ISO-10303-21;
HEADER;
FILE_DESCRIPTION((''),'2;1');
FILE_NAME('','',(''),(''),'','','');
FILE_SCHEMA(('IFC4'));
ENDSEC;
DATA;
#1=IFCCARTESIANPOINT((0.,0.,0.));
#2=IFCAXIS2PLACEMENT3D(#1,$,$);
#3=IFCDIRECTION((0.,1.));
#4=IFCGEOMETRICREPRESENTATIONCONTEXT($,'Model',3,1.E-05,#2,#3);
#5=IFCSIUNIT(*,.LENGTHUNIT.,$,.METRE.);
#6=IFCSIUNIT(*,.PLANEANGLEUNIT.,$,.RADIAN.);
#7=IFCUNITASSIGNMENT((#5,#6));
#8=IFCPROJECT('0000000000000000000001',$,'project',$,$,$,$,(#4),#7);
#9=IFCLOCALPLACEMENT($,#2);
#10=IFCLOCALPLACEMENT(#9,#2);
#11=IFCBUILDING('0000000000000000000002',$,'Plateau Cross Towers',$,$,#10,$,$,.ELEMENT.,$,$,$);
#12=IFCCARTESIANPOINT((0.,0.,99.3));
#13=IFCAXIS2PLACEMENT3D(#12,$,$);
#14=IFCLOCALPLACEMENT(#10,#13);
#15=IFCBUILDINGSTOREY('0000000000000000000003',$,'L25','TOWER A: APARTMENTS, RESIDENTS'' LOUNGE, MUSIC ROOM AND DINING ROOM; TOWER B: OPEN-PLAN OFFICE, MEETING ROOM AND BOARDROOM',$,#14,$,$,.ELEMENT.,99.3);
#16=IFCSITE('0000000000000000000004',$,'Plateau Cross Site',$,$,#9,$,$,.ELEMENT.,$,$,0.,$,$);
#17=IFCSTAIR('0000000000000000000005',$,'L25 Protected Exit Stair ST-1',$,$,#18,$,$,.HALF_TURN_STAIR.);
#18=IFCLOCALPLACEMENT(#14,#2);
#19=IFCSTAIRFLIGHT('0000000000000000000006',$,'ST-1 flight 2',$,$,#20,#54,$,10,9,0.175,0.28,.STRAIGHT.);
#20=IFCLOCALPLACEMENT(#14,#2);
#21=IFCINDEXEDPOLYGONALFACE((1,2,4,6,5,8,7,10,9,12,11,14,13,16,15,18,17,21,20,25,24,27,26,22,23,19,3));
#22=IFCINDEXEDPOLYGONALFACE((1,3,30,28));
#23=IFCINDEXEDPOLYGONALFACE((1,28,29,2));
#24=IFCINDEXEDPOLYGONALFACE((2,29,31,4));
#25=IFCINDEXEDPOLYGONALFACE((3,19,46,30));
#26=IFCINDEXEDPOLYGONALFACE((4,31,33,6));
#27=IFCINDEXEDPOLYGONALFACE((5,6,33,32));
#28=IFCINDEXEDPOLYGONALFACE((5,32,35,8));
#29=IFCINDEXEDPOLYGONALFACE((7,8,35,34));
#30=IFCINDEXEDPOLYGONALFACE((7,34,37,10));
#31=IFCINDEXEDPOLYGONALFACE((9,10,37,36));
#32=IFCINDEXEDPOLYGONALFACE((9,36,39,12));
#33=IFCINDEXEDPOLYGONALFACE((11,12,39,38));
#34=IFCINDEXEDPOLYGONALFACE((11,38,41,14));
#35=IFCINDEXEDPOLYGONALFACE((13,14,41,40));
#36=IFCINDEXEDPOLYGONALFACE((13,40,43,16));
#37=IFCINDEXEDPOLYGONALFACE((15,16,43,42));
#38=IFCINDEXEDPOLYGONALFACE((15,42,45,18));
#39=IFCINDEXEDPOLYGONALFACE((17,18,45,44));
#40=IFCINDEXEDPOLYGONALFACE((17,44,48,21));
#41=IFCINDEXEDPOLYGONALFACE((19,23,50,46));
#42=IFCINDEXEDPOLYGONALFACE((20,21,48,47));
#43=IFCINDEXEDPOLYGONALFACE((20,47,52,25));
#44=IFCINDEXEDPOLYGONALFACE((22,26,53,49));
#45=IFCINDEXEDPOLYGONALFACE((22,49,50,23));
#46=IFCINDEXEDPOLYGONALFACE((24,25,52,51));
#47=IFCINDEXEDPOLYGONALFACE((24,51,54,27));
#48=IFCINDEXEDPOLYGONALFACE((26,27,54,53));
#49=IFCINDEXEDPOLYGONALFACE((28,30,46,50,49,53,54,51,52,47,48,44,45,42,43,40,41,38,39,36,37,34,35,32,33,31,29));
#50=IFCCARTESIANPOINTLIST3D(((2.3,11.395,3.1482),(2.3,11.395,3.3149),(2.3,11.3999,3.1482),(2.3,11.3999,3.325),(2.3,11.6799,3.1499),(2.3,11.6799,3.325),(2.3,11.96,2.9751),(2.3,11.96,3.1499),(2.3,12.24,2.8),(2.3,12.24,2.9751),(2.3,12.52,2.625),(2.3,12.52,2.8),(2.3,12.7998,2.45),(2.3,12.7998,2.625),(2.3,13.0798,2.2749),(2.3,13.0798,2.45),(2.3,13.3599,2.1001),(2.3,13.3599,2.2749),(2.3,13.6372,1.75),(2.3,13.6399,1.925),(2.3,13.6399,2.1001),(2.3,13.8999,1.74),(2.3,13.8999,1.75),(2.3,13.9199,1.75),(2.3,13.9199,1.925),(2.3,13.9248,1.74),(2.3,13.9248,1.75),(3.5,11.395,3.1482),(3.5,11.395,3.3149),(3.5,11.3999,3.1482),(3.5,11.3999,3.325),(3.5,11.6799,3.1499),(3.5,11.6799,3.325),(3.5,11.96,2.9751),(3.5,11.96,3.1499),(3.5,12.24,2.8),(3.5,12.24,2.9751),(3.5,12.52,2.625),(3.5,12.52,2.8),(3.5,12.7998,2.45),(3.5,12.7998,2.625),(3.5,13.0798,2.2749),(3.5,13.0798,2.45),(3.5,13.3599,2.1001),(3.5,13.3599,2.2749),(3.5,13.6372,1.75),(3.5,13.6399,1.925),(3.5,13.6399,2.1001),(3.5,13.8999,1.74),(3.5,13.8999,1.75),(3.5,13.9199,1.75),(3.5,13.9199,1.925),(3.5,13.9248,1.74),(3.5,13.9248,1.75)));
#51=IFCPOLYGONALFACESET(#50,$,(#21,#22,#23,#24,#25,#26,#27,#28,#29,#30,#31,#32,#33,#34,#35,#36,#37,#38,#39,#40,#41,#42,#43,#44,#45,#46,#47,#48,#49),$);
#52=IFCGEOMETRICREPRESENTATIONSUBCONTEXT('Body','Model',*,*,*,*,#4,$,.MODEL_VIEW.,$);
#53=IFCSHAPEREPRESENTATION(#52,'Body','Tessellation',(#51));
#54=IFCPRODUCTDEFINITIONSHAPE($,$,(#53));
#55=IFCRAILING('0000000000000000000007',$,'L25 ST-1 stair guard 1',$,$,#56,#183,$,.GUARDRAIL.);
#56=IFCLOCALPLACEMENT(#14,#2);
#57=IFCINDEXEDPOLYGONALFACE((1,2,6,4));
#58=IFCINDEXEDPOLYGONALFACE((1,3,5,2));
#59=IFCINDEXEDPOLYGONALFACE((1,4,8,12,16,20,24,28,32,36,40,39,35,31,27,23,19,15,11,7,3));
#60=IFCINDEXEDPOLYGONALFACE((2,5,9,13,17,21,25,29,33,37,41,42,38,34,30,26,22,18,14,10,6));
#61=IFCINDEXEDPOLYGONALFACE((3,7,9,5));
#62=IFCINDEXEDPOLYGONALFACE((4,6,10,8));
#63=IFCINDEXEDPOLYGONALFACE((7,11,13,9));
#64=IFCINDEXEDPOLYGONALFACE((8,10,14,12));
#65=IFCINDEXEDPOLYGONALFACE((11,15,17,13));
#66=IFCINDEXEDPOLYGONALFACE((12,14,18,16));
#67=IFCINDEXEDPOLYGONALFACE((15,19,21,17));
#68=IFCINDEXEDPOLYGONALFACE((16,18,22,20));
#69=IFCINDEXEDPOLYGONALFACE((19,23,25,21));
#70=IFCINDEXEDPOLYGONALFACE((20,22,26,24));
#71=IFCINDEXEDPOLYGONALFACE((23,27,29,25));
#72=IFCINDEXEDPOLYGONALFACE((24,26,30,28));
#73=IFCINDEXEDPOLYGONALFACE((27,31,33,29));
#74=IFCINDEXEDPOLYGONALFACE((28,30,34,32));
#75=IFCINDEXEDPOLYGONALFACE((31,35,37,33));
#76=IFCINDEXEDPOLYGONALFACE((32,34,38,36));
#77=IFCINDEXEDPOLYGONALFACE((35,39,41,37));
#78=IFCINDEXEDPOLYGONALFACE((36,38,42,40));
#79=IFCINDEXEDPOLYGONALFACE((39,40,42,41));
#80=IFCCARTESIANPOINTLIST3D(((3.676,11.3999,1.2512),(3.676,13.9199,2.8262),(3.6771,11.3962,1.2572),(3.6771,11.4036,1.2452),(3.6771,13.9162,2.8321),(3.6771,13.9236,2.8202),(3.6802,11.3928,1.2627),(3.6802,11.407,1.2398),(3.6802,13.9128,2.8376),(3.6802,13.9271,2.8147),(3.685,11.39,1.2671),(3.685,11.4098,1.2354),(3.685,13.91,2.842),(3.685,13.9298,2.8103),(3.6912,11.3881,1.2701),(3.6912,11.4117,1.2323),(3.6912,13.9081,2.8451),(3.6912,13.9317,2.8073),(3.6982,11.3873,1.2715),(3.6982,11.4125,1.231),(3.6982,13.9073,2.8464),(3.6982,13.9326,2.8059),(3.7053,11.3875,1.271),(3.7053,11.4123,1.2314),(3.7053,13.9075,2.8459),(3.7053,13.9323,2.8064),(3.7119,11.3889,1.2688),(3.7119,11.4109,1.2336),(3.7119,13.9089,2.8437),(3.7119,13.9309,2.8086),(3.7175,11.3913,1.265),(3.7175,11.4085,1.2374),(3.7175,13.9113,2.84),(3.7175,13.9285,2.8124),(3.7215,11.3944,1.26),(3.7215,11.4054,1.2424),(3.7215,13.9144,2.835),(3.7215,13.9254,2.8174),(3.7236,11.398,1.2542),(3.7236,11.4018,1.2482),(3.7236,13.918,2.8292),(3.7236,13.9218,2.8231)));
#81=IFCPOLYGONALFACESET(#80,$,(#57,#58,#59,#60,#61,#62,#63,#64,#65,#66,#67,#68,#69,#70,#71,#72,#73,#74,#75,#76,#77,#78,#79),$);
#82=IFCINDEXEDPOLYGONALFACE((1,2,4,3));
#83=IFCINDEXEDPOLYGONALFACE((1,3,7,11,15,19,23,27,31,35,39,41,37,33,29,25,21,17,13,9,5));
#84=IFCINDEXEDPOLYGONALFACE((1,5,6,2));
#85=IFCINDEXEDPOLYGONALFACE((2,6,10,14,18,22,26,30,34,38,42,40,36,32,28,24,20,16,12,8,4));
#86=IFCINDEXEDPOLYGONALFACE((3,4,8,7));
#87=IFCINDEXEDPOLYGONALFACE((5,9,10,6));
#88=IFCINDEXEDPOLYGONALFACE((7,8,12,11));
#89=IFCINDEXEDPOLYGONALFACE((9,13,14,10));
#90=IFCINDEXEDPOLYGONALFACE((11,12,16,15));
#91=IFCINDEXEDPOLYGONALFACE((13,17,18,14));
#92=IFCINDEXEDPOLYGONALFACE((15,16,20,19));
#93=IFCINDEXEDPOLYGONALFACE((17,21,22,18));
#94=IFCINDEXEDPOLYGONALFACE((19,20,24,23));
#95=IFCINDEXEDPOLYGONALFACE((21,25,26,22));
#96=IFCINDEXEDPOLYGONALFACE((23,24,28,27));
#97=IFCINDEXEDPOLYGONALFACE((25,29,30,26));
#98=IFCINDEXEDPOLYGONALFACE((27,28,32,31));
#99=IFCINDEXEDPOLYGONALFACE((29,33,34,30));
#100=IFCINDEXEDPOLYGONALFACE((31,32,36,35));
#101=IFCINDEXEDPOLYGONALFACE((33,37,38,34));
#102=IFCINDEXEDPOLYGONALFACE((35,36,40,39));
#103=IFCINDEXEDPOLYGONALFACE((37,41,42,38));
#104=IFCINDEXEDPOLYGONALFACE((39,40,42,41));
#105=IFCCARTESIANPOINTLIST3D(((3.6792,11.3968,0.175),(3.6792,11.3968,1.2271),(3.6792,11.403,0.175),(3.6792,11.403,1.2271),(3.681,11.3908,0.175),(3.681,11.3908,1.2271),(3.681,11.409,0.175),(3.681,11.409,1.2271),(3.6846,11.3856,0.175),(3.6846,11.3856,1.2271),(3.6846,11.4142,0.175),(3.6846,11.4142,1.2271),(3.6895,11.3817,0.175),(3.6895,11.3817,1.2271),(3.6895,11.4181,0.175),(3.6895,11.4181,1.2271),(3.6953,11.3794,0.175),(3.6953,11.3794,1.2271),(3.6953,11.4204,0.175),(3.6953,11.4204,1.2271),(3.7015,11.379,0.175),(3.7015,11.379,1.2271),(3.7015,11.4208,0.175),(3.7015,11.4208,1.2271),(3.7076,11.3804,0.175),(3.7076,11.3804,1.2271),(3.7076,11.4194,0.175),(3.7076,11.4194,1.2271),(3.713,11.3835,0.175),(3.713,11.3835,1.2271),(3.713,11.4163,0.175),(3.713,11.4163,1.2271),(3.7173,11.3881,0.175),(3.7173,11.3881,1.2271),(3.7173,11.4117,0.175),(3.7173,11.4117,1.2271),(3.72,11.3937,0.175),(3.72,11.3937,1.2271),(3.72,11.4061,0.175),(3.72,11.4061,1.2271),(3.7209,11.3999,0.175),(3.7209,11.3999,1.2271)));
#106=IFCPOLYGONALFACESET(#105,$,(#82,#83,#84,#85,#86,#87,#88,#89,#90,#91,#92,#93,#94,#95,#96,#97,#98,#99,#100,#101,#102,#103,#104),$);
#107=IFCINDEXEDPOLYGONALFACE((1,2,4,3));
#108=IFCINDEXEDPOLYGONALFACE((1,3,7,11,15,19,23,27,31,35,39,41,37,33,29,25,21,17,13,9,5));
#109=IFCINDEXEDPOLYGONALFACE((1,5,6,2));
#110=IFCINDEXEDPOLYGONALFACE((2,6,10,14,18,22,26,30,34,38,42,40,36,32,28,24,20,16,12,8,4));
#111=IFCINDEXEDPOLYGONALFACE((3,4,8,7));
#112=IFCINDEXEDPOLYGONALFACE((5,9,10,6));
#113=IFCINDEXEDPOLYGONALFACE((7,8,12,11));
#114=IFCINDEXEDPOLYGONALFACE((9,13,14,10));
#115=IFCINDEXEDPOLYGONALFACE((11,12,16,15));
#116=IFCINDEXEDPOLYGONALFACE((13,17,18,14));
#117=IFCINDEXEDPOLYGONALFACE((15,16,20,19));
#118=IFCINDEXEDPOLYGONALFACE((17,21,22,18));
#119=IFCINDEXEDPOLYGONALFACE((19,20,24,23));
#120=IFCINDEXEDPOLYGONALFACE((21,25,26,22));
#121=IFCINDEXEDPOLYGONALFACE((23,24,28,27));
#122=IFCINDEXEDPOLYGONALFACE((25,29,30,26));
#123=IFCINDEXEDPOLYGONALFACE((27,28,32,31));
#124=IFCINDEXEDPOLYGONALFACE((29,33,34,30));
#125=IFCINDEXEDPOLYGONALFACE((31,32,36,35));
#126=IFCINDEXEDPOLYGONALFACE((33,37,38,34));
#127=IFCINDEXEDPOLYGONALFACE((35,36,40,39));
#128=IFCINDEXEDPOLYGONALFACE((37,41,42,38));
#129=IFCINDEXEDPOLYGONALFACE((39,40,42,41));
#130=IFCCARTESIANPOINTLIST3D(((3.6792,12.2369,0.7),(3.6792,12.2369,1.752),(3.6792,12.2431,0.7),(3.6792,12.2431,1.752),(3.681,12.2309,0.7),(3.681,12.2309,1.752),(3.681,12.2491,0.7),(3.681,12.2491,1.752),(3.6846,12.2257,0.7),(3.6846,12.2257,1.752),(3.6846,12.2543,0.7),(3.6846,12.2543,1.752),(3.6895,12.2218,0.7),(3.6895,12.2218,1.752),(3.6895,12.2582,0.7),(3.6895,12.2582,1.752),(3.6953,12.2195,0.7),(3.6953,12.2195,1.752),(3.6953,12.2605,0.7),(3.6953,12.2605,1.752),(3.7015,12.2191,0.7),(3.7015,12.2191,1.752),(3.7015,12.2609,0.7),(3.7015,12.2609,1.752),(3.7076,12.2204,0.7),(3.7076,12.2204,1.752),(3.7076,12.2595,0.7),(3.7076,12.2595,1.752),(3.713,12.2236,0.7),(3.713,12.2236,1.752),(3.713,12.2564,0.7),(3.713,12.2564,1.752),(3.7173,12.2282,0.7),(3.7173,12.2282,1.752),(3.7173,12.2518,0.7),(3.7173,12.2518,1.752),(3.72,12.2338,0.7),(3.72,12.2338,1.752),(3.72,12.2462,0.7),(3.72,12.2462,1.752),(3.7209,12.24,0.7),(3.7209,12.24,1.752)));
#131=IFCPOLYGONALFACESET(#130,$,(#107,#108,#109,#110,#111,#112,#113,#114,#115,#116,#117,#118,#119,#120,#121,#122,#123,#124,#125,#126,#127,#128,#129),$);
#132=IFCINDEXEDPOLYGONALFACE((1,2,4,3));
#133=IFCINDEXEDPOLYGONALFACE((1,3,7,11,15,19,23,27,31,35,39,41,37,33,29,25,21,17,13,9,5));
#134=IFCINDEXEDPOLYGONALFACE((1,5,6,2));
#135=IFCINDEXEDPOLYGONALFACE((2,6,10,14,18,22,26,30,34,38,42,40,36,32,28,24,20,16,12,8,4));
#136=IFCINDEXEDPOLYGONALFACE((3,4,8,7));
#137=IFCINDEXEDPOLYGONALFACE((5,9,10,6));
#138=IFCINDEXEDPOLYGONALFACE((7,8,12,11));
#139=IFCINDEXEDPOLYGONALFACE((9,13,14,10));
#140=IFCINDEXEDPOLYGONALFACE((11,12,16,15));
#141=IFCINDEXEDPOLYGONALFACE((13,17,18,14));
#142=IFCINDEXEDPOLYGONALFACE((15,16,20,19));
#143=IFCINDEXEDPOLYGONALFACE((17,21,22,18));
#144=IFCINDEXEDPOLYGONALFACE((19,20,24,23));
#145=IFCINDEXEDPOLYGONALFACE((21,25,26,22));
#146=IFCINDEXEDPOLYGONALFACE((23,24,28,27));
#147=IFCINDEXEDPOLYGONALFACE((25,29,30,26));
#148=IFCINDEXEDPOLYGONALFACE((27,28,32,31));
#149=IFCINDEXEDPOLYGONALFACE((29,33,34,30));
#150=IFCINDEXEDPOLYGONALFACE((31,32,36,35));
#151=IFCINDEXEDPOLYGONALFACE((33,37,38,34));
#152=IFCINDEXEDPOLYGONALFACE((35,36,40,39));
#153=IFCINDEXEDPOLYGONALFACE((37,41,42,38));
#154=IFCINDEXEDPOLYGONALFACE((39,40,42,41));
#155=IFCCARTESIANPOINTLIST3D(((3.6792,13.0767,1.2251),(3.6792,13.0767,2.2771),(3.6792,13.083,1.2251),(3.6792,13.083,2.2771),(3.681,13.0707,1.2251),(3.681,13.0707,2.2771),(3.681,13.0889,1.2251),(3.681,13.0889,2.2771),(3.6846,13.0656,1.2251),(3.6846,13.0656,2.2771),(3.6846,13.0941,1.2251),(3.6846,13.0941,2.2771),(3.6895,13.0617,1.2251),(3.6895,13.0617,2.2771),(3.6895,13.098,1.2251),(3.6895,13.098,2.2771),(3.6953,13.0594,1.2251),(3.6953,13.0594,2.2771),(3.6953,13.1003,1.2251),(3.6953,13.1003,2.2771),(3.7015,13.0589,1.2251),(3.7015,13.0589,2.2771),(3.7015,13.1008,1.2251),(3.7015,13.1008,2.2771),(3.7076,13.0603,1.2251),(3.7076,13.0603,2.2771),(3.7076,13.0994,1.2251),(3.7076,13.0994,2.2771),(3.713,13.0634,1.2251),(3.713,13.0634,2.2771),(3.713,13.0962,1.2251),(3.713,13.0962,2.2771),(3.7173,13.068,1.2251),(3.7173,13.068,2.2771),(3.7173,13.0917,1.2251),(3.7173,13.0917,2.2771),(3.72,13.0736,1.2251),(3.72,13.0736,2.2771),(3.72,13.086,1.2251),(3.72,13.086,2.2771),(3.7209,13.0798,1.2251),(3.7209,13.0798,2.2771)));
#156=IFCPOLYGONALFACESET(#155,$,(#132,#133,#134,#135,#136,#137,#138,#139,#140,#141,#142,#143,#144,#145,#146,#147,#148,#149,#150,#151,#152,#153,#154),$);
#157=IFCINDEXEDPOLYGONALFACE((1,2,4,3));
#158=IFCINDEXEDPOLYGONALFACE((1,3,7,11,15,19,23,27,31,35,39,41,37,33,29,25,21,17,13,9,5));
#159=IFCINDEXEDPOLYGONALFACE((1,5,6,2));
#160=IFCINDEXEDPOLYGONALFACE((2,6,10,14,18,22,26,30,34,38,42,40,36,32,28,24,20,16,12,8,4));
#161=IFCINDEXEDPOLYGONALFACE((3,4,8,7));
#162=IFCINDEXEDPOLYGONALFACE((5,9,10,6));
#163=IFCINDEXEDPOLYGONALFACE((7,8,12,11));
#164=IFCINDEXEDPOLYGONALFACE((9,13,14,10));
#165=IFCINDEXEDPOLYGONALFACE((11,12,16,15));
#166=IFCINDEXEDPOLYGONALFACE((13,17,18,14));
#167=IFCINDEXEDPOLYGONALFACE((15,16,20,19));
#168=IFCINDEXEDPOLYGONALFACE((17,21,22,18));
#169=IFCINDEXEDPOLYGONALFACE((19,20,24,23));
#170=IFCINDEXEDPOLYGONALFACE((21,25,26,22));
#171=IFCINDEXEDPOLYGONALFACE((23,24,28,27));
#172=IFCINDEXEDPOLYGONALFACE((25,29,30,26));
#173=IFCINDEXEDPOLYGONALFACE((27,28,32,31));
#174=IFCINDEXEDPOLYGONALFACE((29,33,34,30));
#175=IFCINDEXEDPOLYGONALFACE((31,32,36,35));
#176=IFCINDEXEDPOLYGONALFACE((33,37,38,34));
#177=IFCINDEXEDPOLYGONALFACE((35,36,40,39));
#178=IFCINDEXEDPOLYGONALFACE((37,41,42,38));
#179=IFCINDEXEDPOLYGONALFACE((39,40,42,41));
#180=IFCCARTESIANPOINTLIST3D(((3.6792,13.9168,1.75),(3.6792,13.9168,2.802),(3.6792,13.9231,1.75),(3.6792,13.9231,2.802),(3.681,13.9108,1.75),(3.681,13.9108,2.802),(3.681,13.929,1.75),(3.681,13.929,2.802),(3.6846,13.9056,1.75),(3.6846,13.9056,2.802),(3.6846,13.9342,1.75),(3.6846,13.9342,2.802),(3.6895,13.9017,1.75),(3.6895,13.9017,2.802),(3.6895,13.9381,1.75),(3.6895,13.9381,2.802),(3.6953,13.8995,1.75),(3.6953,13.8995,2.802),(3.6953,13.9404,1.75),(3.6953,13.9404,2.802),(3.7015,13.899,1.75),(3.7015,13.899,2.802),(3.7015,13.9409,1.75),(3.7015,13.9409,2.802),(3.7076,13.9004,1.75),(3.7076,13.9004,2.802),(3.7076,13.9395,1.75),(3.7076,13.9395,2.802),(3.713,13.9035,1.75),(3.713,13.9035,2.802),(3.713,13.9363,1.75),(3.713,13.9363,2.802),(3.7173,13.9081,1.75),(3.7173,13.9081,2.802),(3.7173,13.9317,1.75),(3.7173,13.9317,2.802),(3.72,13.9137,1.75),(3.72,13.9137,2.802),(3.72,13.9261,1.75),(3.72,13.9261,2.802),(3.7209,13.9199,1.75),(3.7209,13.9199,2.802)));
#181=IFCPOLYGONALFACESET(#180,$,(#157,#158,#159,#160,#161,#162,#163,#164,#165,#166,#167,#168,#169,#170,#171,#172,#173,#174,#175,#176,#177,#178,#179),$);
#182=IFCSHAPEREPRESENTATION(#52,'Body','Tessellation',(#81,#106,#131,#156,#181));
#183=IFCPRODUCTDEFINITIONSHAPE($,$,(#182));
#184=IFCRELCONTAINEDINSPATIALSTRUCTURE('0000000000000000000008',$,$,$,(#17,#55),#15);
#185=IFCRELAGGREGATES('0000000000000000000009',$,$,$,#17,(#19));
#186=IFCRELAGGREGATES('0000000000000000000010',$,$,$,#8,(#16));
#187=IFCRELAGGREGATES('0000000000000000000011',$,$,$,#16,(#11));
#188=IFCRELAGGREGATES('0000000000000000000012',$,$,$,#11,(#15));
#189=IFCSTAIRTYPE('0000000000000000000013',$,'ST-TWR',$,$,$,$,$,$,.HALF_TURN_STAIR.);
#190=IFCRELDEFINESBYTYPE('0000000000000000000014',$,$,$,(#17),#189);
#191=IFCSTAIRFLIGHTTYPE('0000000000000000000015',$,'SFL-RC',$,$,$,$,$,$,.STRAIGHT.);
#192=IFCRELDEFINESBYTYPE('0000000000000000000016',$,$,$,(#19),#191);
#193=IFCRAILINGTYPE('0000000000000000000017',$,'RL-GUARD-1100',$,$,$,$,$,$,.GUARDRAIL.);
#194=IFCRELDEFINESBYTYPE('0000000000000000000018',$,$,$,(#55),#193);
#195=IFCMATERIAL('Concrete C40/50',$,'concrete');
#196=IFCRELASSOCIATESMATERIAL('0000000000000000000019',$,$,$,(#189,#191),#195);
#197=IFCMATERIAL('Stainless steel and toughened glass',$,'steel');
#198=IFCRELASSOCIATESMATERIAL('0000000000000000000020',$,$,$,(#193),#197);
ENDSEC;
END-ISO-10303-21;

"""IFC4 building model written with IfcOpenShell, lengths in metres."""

from ifc_helpers import new_model, si_unit, direction, frame, origin, origin_2d, place, context, subcontext, project, spatial, polyline, circle, outline, extrude, material, type_object, element, aggregate, save


model = new_model("IFC4")

# Units and contexts
model_context = context("Model", 3, precision=1e-05, world=origin(), true_north=direction((0.0, 1.0)))
body_context = subcontext(model_context, "Body", "Model", "MODEL_VIEW")
ifc_project = project(units=[si_unit("LENGTHUNIT", "METRE"), si_unit("PLANEANGLEUNIT", "RADIAN")], contexts=[model_context])

# Site, building, storey
site_placement = place(None, origin())
site = spatial("IfcSite", under=ifc_project, at=site_placement, Name="Plateau Cross Site", CompositionType="ELEMENT", RefElevation=0.0)
building_placement = place(site_placement, origin())
building = spatial("IfcBuilding", under=site, at=building_placement, Name="Plateau Cross Towers", CompositionType="ELEMENT")
storey_placement = place(building_placement, frame((0.0, 0.0, 99.3)))
storey = spatial("IfcBuildingStorey", under=building, at=storey_placement, Name="L25", Description="TOWER A: APARTMENTS, RESIDENTS' LOUNGE, MUSIC ROOM AND DINING ROOM; TOWER B: OPEN-PLAN OFFICE, MEETING ROOM AND BOARDROOM", CompositionType="ELEMENT", Elevation=99.3)

# Stair, stair flight
ifc_material_1 = material(Name="Concrete C40/50", Category="concrete")
stair_type = type_object("IfcStairType", Name="ST-TWR", PredefinedType="HALF_TURN_STAIR", material=ifc_material_1)
stair_placement = place(storey_placement, origin())
stair = element("IfcStair", 1, at=stair_placement, inside=storey, type_object=stair_type, Name="L25 Protected Exit Stair ST-1", PredefinedType="HALF_TURN_STAIR")
stair_flight_type = type_object("IfcStairFlightType", Name="SFL-RC", PredefinedType="STRAIGHT", material=ifc_material_1)
stair_flight_1_placement = place(storey_placement, frame((2.8999, 13.9199, 1.75), z_axis=(0.0, 0.0, 1.0), x_axis=(0.0, -1.0, 0.0)))
stair_flight_1 = element("IfcStairFlight", 2, at=stair_flight_1_placement, type_object=stair_flight_type, Name="ST-1 flight 2", NumberOfRisers=10, NumberOfTreads=9, PredefinedType="STRAIGHT", RiserHeight=0.175, TreadLength=0.28, context=body_context, shape_type="SweptSolid", body=[
    extrude(outline(polyline([(-0.0049, -0.01), (-0.0049, 0.0), (0.0, 0.0), (0.0, 0.175), (0.28, 0.175), (0.28, 0.3501), (0.5601, 0.3501), (0.5601, 0.5249), (0.8401, 0.5249), (0.8401, 0.7), (1.1201, 0.7), (1.1201, 0.875), (1.3999, 0.875), (1.3999, 1.05), (1.6799, 1.05), (1.6799, 1.2251), (1.96, 1.2251), (1.96, 1.3999), (2.24, 1.3999), (2.24, 1.575), (2.52, 1.575), (2.5249, 1.5649), (2.5249, 1.3982), (2.52, 1.3982), (0.2827, 0.0), (0.02, 0.0), (0.02, -0.01), (-0.0049, -0.01)])), frame((0.0, 0.6001, 0.0), z_axis=(0.0, -1.0, 0.0), x_axis=(1.0, 0.0, 0.0)), (0.0, 0.0, 1.0), 1.2),
])
aggregate(stair, [stair_flight_1])

# Railing
ifc_material_2 = material(Name="Stainless steel and toughened glass", Category="steel")
railing_type_1 = type_object("IfcRailingType", Name="RL-GUARD-1100", PredefinedType="GUARDRAIL", material=ifc_material_2)
railing_1_placement = place(storey_placement, frame((3.7, 11.3999, 0.175)))
element("IfcRailing", 3, at=railing_1_placement, inside=storey, type_object=railing_type_1, Name="L25 ST-1 stair guard 1", PredefinedType="GUARDRAIL", context=body_context, shape_type="SweptSolid", body=[
    extrude(circle(Radius=0.0239, at=origin_2d()), frame((0.0, 0.0, 1.0762), z_axis=(0.0, 0.848008, 0.529984), x_axis=(-1.0, 0.0, 0.0)), (0.0, 0.0, 1.0), 2.9717),
    extrude(circle(Radius=0.021, at=origin_2d()), origin(), (0.0, 0.0, 1.0), 1.052),
    extrude(circle(Radius=0.021, at=origin_2d()), frame((0.0, 0.8401, 0.5249)), (0.0, 0.0, 1.0), 1.052),
    extrude(circle(Radius=0.021, at=origin_2d()), frame((0.0, 1.6799, 1.05)), (0.0, 0.0, 1.0), 1.052),
    extrude(circle(Radius=0.021, at=origin_2d()), frame((0.0, 2.52, 1.575)), (0.0, 0.0, 1.0), 1.052),
])

save(model, "model.ifc")
